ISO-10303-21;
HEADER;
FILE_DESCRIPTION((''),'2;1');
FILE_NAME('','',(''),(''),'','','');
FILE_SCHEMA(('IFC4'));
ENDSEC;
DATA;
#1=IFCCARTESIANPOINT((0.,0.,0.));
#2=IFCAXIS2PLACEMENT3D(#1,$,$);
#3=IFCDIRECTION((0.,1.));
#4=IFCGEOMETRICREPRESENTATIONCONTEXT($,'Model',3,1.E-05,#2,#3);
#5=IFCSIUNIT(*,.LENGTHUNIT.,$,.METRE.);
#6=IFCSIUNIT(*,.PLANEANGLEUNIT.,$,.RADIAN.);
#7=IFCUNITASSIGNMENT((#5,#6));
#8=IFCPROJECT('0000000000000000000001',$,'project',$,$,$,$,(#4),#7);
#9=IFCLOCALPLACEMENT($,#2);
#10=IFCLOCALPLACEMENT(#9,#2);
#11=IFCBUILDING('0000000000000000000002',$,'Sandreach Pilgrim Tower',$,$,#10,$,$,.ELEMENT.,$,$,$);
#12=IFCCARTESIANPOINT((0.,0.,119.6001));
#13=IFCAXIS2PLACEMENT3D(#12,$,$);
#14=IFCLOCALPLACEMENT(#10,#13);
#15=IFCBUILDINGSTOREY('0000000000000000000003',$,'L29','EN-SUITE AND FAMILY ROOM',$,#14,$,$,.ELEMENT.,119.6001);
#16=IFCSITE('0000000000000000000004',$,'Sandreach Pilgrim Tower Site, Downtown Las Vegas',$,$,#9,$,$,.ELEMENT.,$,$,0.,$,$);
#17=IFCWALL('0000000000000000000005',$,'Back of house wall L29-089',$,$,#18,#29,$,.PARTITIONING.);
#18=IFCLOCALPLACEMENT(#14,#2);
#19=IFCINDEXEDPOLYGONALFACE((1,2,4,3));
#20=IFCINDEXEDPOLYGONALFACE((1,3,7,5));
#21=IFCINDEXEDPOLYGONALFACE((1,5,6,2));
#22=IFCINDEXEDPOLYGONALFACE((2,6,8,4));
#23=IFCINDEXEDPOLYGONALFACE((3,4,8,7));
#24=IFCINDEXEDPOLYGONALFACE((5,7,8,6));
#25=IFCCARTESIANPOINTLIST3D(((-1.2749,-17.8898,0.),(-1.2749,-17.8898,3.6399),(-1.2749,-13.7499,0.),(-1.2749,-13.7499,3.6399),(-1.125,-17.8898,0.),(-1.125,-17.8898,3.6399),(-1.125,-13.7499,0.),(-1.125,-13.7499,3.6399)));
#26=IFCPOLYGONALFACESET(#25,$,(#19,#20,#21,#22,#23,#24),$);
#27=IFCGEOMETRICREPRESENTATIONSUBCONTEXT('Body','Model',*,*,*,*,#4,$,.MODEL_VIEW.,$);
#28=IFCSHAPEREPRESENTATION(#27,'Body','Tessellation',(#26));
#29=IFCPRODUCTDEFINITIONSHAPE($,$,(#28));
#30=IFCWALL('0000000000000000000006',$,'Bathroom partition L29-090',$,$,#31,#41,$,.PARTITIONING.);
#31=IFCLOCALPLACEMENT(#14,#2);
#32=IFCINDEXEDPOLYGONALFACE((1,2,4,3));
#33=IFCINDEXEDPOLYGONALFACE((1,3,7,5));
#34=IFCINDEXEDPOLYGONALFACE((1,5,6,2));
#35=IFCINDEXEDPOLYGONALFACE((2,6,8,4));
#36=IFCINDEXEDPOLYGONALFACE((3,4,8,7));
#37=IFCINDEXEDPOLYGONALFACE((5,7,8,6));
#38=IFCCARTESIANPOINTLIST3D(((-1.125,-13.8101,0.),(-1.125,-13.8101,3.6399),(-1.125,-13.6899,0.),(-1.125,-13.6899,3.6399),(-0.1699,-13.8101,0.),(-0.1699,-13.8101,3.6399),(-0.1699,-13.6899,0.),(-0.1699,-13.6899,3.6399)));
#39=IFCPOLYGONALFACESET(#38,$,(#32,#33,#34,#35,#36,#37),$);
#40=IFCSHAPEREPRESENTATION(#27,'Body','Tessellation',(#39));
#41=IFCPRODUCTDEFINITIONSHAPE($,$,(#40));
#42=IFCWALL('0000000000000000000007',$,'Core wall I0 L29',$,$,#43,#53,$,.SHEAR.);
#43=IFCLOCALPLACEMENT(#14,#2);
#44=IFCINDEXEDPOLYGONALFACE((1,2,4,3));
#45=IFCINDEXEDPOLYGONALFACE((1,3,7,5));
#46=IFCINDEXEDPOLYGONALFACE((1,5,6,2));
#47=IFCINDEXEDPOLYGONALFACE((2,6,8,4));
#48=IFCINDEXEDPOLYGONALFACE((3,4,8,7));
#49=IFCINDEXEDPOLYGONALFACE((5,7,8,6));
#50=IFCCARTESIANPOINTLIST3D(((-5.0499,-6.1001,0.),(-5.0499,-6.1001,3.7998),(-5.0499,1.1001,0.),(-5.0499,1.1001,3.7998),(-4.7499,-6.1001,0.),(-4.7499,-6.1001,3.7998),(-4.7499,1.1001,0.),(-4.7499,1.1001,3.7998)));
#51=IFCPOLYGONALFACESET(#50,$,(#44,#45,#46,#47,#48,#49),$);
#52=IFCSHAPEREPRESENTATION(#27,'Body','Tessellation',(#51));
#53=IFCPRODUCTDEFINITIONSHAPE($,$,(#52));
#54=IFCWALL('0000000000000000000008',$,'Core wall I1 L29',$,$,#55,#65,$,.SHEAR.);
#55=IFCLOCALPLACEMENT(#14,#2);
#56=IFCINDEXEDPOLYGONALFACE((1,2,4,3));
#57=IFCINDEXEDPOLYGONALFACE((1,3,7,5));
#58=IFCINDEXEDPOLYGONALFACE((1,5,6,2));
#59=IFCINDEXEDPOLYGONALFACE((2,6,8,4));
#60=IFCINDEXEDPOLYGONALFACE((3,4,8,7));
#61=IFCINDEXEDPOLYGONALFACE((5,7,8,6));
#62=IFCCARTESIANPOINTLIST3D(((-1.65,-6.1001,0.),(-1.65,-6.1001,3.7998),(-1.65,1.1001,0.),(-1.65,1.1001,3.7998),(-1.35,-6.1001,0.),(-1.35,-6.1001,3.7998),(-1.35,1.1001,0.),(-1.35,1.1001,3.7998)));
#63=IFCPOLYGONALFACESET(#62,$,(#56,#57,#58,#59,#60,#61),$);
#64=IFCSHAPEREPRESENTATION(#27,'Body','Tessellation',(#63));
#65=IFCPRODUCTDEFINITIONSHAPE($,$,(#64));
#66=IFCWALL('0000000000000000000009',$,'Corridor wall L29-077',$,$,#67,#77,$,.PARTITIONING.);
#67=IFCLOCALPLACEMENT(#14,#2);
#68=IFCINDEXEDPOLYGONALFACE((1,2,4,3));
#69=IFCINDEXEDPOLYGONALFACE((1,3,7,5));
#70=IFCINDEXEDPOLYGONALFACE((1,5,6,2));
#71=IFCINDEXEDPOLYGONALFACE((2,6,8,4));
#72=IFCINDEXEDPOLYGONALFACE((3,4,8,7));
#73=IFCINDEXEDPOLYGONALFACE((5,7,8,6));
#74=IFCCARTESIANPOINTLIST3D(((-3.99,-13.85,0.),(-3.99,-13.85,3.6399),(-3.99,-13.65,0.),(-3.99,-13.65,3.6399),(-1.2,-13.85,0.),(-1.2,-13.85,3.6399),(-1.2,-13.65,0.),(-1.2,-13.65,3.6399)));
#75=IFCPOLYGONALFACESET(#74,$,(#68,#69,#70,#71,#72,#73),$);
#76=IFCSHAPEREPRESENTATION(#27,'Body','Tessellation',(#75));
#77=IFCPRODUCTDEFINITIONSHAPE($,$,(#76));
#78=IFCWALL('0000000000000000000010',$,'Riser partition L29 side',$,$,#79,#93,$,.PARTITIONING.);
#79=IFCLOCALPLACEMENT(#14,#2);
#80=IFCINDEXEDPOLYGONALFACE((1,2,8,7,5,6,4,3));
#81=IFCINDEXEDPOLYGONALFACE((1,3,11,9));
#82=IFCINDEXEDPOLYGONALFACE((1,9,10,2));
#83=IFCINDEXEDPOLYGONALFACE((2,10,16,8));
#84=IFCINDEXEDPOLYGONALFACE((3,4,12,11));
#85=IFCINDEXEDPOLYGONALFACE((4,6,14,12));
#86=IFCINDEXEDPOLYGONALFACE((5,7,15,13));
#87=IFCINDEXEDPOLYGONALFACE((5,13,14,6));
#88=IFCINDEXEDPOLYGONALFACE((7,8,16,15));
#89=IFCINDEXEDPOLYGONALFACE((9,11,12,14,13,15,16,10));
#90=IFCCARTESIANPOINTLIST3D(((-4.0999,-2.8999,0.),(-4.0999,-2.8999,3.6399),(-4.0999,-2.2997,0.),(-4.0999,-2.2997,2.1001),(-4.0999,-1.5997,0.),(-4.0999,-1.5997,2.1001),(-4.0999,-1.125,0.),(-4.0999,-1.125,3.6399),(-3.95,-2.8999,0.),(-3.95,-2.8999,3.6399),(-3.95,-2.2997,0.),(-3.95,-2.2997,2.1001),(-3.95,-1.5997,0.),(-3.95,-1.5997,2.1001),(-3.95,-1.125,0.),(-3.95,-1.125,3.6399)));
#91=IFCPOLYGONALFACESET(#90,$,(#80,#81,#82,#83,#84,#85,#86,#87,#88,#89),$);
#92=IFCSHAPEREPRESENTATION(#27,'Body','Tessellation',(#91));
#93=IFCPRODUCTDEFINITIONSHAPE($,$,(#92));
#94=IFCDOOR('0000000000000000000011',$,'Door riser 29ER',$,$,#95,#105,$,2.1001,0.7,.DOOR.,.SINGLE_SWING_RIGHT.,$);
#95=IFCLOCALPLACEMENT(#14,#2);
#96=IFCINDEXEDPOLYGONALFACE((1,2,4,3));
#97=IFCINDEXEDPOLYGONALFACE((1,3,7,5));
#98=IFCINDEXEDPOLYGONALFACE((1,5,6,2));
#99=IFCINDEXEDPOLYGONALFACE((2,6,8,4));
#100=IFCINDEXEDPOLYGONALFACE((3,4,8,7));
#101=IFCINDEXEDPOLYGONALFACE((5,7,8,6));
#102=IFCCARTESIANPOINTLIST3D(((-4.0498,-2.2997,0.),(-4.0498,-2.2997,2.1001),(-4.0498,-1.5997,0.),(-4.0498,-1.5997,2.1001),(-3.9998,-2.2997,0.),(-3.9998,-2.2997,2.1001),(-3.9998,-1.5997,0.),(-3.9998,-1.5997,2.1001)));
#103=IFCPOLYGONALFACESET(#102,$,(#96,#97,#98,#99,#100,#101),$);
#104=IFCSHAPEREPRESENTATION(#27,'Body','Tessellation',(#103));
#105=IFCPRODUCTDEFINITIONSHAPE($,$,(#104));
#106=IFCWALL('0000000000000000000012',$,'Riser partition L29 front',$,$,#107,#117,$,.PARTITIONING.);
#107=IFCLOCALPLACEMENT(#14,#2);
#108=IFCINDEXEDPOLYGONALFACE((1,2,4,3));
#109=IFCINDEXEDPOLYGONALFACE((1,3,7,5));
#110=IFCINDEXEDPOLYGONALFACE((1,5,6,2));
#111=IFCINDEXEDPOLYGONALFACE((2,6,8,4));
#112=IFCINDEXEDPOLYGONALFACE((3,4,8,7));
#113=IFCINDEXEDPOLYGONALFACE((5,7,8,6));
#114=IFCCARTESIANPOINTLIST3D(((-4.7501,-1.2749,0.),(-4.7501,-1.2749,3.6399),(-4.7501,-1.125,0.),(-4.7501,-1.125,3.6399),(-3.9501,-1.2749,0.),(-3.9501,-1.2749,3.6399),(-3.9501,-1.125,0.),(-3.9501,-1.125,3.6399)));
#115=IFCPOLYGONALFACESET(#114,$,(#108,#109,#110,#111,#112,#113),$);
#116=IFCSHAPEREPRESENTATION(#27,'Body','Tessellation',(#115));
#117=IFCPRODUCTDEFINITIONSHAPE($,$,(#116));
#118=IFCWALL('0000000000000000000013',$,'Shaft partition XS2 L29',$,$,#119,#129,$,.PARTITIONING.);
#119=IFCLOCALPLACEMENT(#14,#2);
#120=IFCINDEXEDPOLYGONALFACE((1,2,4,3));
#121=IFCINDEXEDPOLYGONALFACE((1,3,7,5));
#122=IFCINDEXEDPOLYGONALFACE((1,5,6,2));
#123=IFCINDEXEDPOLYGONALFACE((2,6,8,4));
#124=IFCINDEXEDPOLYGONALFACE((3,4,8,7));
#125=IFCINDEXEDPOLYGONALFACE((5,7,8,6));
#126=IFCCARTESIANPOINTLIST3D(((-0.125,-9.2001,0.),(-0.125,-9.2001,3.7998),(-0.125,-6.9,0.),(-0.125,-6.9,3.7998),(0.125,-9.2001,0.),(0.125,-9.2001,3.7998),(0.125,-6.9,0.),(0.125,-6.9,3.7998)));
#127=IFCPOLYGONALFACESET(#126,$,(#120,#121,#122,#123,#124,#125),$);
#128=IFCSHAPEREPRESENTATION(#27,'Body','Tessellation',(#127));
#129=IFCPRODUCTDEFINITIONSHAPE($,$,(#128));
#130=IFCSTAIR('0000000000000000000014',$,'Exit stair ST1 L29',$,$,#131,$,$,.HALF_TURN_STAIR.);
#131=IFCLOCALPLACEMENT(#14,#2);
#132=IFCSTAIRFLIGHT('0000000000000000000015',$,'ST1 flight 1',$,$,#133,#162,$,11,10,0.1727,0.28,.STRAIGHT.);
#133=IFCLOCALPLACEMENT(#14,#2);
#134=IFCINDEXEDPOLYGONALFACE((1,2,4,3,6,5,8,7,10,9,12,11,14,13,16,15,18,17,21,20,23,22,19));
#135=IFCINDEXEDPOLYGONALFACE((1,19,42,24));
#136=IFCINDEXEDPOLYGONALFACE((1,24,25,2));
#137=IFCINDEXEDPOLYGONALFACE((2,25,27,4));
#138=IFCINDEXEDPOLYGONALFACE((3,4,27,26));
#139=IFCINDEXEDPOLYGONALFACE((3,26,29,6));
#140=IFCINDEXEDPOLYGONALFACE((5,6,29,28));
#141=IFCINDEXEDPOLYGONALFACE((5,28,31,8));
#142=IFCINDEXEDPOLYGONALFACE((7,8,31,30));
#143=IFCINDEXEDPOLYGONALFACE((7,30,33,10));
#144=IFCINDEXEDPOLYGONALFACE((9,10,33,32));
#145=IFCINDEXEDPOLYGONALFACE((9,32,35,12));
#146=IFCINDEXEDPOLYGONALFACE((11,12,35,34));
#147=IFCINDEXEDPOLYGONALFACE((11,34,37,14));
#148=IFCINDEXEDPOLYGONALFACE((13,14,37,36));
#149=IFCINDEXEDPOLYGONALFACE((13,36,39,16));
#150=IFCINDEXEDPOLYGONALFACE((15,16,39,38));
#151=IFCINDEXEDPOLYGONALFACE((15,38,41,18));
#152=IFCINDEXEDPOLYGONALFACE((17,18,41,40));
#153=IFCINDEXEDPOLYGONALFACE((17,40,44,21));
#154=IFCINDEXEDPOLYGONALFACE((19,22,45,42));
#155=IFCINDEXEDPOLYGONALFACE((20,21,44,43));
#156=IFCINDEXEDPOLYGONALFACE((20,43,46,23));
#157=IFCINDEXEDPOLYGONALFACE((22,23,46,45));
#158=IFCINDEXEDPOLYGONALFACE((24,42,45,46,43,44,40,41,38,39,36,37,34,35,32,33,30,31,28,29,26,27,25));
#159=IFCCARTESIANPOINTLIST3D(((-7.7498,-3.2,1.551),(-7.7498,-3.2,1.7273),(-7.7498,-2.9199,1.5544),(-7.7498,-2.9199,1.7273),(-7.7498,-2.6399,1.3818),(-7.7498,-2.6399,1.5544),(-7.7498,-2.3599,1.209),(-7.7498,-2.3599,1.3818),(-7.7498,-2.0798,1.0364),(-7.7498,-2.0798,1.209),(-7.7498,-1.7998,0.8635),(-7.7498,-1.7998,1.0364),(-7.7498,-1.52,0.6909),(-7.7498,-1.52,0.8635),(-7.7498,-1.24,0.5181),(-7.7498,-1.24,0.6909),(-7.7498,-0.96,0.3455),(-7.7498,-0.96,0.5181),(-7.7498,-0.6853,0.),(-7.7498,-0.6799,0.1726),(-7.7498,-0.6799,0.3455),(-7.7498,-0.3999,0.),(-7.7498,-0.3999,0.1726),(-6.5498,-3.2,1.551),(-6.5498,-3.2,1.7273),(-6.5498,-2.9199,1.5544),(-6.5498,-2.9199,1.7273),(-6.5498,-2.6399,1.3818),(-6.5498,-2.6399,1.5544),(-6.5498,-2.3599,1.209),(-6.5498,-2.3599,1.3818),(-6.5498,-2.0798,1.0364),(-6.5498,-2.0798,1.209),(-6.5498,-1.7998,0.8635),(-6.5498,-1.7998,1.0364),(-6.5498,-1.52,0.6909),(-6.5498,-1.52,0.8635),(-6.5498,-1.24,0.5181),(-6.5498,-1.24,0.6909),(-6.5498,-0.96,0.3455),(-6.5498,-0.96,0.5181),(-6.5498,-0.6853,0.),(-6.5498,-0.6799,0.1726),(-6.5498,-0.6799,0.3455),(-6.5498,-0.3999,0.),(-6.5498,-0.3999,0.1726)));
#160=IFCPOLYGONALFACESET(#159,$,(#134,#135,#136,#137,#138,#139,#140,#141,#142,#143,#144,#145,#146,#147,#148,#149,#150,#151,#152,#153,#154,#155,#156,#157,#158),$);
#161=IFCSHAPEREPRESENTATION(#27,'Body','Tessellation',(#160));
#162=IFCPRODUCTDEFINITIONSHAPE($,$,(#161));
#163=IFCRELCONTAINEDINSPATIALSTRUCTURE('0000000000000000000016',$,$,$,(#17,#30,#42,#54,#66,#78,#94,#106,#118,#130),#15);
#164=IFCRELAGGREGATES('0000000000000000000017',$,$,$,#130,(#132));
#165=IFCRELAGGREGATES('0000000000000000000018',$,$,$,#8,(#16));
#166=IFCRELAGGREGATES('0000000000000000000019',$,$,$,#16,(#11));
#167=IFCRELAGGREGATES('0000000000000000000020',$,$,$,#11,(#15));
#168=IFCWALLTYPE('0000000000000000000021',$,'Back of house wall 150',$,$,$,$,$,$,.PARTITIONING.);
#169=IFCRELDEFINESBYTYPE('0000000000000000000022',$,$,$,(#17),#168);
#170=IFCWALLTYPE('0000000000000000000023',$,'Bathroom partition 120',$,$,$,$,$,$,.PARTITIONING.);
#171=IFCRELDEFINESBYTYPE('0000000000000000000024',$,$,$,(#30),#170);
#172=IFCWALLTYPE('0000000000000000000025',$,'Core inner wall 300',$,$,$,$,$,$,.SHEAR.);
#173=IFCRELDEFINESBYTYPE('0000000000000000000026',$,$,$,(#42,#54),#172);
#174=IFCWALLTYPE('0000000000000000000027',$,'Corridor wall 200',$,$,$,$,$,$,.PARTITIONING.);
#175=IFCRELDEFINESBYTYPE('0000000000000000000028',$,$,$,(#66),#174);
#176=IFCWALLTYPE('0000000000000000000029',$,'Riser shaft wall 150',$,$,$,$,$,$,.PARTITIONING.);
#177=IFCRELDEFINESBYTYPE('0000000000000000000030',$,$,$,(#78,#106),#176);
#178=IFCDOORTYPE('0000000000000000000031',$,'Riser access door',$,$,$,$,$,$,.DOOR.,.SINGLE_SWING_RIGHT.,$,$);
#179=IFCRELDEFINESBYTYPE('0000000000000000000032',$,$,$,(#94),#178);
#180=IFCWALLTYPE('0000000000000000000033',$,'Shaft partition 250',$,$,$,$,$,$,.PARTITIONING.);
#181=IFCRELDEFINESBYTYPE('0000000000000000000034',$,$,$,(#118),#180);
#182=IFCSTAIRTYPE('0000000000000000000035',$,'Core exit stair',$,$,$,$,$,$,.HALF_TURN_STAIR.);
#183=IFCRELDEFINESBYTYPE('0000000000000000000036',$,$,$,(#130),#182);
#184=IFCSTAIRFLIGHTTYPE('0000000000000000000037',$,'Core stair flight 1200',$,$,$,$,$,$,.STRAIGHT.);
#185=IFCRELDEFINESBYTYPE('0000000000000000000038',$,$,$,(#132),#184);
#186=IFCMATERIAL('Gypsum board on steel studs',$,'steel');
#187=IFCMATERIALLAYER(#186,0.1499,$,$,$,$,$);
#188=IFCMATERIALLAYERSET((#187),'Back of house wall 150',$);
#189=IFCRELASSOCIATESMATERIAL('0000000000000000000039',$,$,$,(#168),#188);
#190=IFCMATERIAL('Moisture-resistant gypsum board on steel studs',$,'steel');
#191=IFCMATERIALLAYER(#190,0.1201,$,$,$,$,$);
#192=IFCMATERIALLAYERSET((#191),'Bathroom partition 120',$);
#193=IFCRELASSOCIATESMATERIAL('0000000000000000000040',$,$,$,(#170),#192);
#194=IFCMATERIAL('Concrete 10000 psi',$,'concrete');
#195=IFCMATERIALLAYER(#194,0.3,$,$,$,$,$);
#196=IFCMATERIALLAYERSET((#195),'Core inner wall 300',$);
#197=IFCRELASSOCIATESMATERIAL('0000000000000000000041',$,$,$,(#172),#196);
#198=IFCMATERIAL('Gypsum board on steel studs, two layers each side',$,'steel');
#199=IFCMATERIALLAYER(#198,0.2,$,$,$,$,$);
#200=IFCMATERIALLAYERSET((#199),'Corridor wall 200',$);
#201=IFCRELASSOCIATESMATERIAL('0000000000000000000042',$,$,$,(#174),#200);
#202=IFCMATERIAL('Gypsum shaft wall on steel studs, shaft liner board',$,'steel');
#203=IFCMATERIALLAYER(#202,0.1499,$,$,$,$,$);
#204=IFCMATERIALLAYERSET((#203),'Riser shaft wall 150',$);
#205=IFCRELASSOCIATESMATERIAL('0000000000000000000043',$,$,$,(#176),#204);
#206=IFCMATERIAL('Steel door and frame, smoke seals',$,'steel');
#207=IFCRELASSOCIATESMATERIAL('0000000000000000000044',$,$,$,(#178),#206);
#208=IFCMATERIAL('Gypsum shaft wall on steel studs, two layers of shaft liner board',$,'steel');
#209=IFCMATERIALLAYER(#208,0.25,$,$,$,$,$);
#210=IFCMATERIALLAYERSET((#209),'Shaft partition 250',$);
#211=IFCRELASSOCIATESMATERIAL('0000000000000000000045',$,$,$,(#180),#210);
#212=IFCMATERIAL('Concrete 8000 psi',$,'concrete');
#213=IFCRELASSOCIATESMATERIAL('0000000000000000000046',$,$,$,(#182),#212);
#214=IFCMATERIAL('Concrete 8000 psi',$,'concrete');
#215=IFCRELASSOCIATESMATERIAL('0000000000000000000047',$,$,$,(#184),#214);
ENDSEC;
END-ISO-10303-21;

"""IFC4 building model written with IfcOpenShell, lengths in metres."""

from ifc_helpers import new_model, si_unit, direction, frame, frame_2d, origin, place, context, subcontext, project, spatial, polyline, rectangle, outline, extrude, material, layer, layer_set, type_object, element, fill, aggregate, save


model = new_model("IFC4")

# Units and contexts
model_context = context("Model", 3, precision=1e-05, world=origin(), true_north=direction((0.0, 1.0)))
body_context = subcontext(model_context, "Body", "Model", "MODEL_VIEW")
ifc_project = project(units=[si_unit("LENGTHUNIT", "METRE"), si_unit("PLANEANGLEUNIT", "RADIAN")], contexts=[model_context])

# Site, building, storey
site_placement = place(None, origin())
site = spatial("IfcSite", under=ifc_project, at=site_placement, Name="Sandreach Pilgrim Tower Site, Downtown Las Vegas", CompositionType="ELEMENT", RefElevation=0.0)
building_placement = place(site_placement, origin())
building = spatial("IfcBuilding", under=site, at=building_placement, Name="Sandreach Pilgrim Tower", CompositionType="ELEMENT")
storey_placement = place(building_placement, frame((0.0, 0.0, 119.6001)))
storey = spatial("IfcBuildingStorey", under=building, at=storey_placement, Name="L29", Description="EN-SUITE AND FAMILY ROOM", CompositionType="ELEMENT", Elevation=119.6001)

# Walls
ifc_material_1 = material(Name="Gypsum board on steel studs", Category="steel")
ifc_layer_1 = layer(ifc_material_1, 0.1499)
ifc_layer_set_1 = layer_set([ifc_layer_1], Name="Back of house wall 150")
wall_type_1 = type_object("IfcWallType", Name="Back of house wall 150", PredefinedType="PARTITIONING", material=ifc_layer_set_1)
wall_1_placement = place(storey_placement, frame((-1.2, -13.75, 0.0), z_axis=(0.0, 0.0, 1.0), x_axis=(0.0, -1.0, 0.0)))
element("IfcWall", 1, at=wall_1_placement, inside=storey, type_object=wall_type_1, Name="Back of house wall L29-089", PredefinedType="PARTITIONING", context=body_context, shape_type="SweptSolid", body=[
    extrude(rectangle(XDim=4.1399, YDim=0.1499, at=frame_2d((2.0698, 0.0))), origin(), (0.0, 0.0, 1.0), 3.6399),
])
ifc_material_2 = material(Name="Moisture-resistant gypsum board on steel studs", Category="steel")
ifc_layer_2 = layer(ifc_material_2, 0.1201)
ifc_layer_set_2 = layer_set([ifc_layer_2], Name="Bathroom partition 120")
wall_type_2 = type_object("IfcWallType", Name="Bathroom partition 120", PredefinedType="PARTITIONING", material=ifc_layer_set_2)
wall_2_placement = place(storey_placement, frame((-1.125, -13.75, 0.0), z_axis=(0.0, 0.0, 1.0), x_axis=(1.0, 0.0, 0.0)))
element("IfcWall", 2, at=wall_2_placement, inside=storey, type_object=wall_type_2, Name="Bathroom partition L29-090", PredefinedType="PARTITIONING", context=body_context, shape_type="SweptSolid", body=[
    extrude(rectangle(XDim=0.9551, YDim=0.1201, at=frame_2d((0.4775, 0.0))), origin(), (0.0, 0.0, 1.0), 3.6399),
])
ifc_material_3 = material(Name="Concrete 10000 psi", Category="concrete")
ifc_layer_3 = layer(ifc_material_3, 0.3)
ifc_layer_set_3 = layer_set([ifc_layer_3], Name="Core inner wall 300")
wall_type_3 = type_object("IfcWallType", Name="Core inner wall 300", PredefinedType="SHEAR", material=ifc_layer_set_3)
for number, where, z_axis, x_axis, name in (
    (3, (-4.8999, -6.1001, 0.0), (0.0, 0.0, 1.0), (0.0, 1.0, 0.0), "Core wall I0 L29"),
    (4, (-1.5, -6.1001, 0.0), (0.0, 0.0, 1.0), (0.0, 1.0, 0.0), "Core wall I1 L29"),
):
    element("IfcWall", number, at=place(storey_placement, frame(where, z_axis=z_axis, x_axis=x_axis)), inside=storey, type_object=wall_type_3, Name=name, PredefinedType="SHEAR", context=body_context, shape_type="SweptSolid", body=[
        extrude(rectangle(XDim=7.2002, YDim=0.3, at=frame_2d((3.6001, 0.0))), origin(), (0.0, 0.0, 1.0), 3.7998),
    ])

# Wall
ifc_material_4 = material(Name="Gypsum board on steel studs, two layers each side", Category="steel")
ifc_layer_4 = layer(ifc_material_4, 0.2)
ifc_layer_set_4 = layer_set([ifc_layer_4], Name="Corridor wall 200")
wall_type_4 = type_object("IfcWallType", Name="Corridor wall 200", PredefinedType="PARTITIONING", material=ifc_layer_set_4)
wall_3_placement = place(storey_placement, frame((-3.99, -13.75, 0.0), z_axis=(0.0, 0.0, 1.0), x_axis=(1.0, 0.0, 0.0)))
element("IfcWall", 5, at=wall_3_placement, inside=storey, type_object=wall_type_4, Name="Corridor wall L29-077", PredefinedType="PARTITIONING", context=body_context, shape_type="SweptSolid", body=[
    extrude(rectangle(XDim=2.79, YDim=0.2, at=frame_2d((1.395, 0.0))), origin(), (0.0, 0.0, 1.0), 3.6399),
])

# Wall, opening, door
ifc_material_5 = material(Name="Gypsum shaft wall on steel studs, shaft liner board", Category="steel")
ifc_layer_5 = layer(ifc_material_5, 0.1499)
ifc_layer_set_5 = layer_set([ifc_layer_5], Name="Riser shaft wall 150")
wall_type_5 = type_object("IfcWallType", Name="Riser shaft wall 150", PredefinedType="PARTITIONING", material=ifc_layer_set_5)
wall_4_placement = place(storey_placement, frame((-4.0249, -2.8999, 0.0), z_axis=(0.0, 0.0, 1.0), x_axis=(0.0, 1.0, 0.0)))
wall_4 = element("IfcWall", 6, at=wall_4_placement, inside=storey, type_object=wall_type_5, Name="Riser partition L29 side", PredefinedType="PARTITIONING", context=body_context, shape_type="SweptSolid", body=[
    extrude(rectangle(XDim=1.7749, YDim=0.1499, at=frame_2d((0.8875, 0.0))), origin(), (0.0, 0.0, 1.0), 3.6399),
])
opening_1_placement = place(wall_4_placement, frame((0.6001, 0.0, 0.0)))
opening_1 = element("IfcOpeningElement", 7, at=opening_1_placement, cuts=wall_4, PredefinedType="OPENING", context=body_context, shape_type="SweptSolid", body=[
    extrude(rectangle(XDim=0.7, YDim=2.1001, at=frame_2d((0.3501, 1.05))), frame((0.0, 0.075, 0.0), z_axis=(0.0, -1.0, 0.0), x_axis=(1.0, 0.0, 0.0)), (0.0, 0.0, 1.0), 0.1499),
])
ifc_material_6 = material(Name="Steel door and frame, smoke seals", Category="steel")
door_type_1 = type_object("IfcDoorType", Name="Riser access door", OperationType="SINGLE_SWING_RIGHT", PredefinedType="DOOR", material=ifc_material_6)
door_1_placement = place(opening_1_placement, origin())
door_1 = element("IfcDoor", 8, at=door_1_placement, inside=storey, type_object=door_type_1, Name="Door riser 29ER", OperationType="SINGLE_SWING_RIGHT", OverallHeight=2.1001, OverallWidth=0.7, PredefinedType="DOOR", context=body_context, shape_type="SweptSolid", body=[
    extrude(rectangle(XDim=0.7, YDim=2.1001, at=frame_2d((0.3501, 1.05))), frame((0.0, 0.0249, 0.0), z_axis=(0.0, -1.0, 0.0), x_axis=(1.0, 0.0, 0.0)), (0.0, 0.0, 1.0), 0.05),
])
fill(opening_1, door_1)

# Walls
wall_5_placement = place(storey_placement, frame((-4.75, -1.2, 0.0), z_axis=(0.0, 0.0, 1.0), x_axis=(1.0, 0.0, 0.0)))
element("IfcWall", 9, at=wall_5_placement, inside=storey, type_object=wall_type_5, Name="Riser partition L29 front", PredefinedType="PARTITIONING", context=body_context, shape_type="SweptSolid", body=[
    extrude(rectangle(XDim=0.8, YDim=0.1499, at=frame_2d((0.3999, 0.0))), origin(), (0.0, 0.0, 1.0), 3.6399),
])
ifc_material_7 = material(Name="Gypsum shaft wall on steel studs, two layers of shaft liner board", Category="steel")
ifc_layer_6 = layer(ifc_material_7, 0.25)
ifc_layer_set_6 = layer_set([ifc_layer_6], Name="Shaft partition 250")
wall_type_6 = type_object("IfcWallType", Name="Shaft partition 250", PredefinedType="PARTITIONING", material=ifc_layer_set_6)
wall_6_placement = place(storey_placement, frame((0.0, -9.2, 0.0), z_axis=(0.0, 0.0, 1.0), x_axis=(0.0, 1.0, 0.0)))
element("IfcWall", 10, at=wall_6_placement, inside=storey, type_object=wall_type_6, Name="Shaft partition XS2 L29", PredefinedType="PARTITIONING", context=body_context, shape_type="SweptSolid", body=[
    extrude(rectangle(XDim=2.3, YDim=0.25, at=frame_2d((1.1499, 0.0))), origin(), (0.0, 0.0, 1.0), 3.7998),
])

# Stair, stair flight
ifc_material_8 = material(Name="Concrete 8000 psi", Category="concrete")
stair_type = type_object("IfcStairType", Name="Core exit stair", PredefinedType="HALF_TURN_STAIR", material=ifc_material_8)
stair_1_placement = place(storey_placement, origin())
stair_1 = element("IfcStair", 11, at=stair_1_placement, inside=storey, type_object=stair_type, Name="Exit stair ST1 L29", PredefinedType="HALF_TURN_STAIR")
ifc_material_9 = material(Name="Concrete 8000 psi", Category="concrete")
stair_flight_type = type_object("IfcStairFlightType", Name="Core stair flight 1200", PredefinedType="STRAIGHT", material=ifc_material_9)
stair_flight_1_placement = place(storey_placement, frame((-7.1499, -0.3999, 0.0), z_axis=(0.0, 0.0, 1.0), x_axis=(0.0, -1.0, 0.0)))
stair_flight_1 = element("IfcStairFlight", 12, at=stair_flight_1_placement, type_object=stair_flight_type, Name="ST1 flight 1", NumberOfRisers=11, NumberOfTreads=10, PredefinedType="STRAIGHT", RiserHeight=0.1727, TreadLength=0.28, context=body_context, shape_type="SweptSolid", body=[
    extrude(outline(polyline([(0.0, 0.0), (0.0, 0.1726), (0.28, 0.1726), (0.28, 0.3455), (0.5601, 0.3455), (0.5601, 0.5181), (0.8401, 0.5181), (0.8401, 0.6909), (1.1201, 0.6909), (1.1201, 0.8635), (1.3999, 0.8635), (1.3999, 1.0364), (1.6799, 1.0364), (1.6799, 1.209), (1.96, 1.209), (1.96, 1.3818), (2.24, 1.3818), (2.24, 1.5544), (2.52, 1.5544), (2.52, 1.7273), (2.8, 1.7273), (2.8, 1.8999), (2.8, 1.551), (0.2854, 0.0), (0.0, 0.0)])), frame((0.0, 0.6001, 0.0), z_axis=(0.0, -1.0, 0.0), x_axis=(1.0, 0.0, 0.0)), (0.0, 0.0, 1.0), 1.2),
])
aggregate(stair_1, [stair_flight_1])

save(model, "model.ifc")
